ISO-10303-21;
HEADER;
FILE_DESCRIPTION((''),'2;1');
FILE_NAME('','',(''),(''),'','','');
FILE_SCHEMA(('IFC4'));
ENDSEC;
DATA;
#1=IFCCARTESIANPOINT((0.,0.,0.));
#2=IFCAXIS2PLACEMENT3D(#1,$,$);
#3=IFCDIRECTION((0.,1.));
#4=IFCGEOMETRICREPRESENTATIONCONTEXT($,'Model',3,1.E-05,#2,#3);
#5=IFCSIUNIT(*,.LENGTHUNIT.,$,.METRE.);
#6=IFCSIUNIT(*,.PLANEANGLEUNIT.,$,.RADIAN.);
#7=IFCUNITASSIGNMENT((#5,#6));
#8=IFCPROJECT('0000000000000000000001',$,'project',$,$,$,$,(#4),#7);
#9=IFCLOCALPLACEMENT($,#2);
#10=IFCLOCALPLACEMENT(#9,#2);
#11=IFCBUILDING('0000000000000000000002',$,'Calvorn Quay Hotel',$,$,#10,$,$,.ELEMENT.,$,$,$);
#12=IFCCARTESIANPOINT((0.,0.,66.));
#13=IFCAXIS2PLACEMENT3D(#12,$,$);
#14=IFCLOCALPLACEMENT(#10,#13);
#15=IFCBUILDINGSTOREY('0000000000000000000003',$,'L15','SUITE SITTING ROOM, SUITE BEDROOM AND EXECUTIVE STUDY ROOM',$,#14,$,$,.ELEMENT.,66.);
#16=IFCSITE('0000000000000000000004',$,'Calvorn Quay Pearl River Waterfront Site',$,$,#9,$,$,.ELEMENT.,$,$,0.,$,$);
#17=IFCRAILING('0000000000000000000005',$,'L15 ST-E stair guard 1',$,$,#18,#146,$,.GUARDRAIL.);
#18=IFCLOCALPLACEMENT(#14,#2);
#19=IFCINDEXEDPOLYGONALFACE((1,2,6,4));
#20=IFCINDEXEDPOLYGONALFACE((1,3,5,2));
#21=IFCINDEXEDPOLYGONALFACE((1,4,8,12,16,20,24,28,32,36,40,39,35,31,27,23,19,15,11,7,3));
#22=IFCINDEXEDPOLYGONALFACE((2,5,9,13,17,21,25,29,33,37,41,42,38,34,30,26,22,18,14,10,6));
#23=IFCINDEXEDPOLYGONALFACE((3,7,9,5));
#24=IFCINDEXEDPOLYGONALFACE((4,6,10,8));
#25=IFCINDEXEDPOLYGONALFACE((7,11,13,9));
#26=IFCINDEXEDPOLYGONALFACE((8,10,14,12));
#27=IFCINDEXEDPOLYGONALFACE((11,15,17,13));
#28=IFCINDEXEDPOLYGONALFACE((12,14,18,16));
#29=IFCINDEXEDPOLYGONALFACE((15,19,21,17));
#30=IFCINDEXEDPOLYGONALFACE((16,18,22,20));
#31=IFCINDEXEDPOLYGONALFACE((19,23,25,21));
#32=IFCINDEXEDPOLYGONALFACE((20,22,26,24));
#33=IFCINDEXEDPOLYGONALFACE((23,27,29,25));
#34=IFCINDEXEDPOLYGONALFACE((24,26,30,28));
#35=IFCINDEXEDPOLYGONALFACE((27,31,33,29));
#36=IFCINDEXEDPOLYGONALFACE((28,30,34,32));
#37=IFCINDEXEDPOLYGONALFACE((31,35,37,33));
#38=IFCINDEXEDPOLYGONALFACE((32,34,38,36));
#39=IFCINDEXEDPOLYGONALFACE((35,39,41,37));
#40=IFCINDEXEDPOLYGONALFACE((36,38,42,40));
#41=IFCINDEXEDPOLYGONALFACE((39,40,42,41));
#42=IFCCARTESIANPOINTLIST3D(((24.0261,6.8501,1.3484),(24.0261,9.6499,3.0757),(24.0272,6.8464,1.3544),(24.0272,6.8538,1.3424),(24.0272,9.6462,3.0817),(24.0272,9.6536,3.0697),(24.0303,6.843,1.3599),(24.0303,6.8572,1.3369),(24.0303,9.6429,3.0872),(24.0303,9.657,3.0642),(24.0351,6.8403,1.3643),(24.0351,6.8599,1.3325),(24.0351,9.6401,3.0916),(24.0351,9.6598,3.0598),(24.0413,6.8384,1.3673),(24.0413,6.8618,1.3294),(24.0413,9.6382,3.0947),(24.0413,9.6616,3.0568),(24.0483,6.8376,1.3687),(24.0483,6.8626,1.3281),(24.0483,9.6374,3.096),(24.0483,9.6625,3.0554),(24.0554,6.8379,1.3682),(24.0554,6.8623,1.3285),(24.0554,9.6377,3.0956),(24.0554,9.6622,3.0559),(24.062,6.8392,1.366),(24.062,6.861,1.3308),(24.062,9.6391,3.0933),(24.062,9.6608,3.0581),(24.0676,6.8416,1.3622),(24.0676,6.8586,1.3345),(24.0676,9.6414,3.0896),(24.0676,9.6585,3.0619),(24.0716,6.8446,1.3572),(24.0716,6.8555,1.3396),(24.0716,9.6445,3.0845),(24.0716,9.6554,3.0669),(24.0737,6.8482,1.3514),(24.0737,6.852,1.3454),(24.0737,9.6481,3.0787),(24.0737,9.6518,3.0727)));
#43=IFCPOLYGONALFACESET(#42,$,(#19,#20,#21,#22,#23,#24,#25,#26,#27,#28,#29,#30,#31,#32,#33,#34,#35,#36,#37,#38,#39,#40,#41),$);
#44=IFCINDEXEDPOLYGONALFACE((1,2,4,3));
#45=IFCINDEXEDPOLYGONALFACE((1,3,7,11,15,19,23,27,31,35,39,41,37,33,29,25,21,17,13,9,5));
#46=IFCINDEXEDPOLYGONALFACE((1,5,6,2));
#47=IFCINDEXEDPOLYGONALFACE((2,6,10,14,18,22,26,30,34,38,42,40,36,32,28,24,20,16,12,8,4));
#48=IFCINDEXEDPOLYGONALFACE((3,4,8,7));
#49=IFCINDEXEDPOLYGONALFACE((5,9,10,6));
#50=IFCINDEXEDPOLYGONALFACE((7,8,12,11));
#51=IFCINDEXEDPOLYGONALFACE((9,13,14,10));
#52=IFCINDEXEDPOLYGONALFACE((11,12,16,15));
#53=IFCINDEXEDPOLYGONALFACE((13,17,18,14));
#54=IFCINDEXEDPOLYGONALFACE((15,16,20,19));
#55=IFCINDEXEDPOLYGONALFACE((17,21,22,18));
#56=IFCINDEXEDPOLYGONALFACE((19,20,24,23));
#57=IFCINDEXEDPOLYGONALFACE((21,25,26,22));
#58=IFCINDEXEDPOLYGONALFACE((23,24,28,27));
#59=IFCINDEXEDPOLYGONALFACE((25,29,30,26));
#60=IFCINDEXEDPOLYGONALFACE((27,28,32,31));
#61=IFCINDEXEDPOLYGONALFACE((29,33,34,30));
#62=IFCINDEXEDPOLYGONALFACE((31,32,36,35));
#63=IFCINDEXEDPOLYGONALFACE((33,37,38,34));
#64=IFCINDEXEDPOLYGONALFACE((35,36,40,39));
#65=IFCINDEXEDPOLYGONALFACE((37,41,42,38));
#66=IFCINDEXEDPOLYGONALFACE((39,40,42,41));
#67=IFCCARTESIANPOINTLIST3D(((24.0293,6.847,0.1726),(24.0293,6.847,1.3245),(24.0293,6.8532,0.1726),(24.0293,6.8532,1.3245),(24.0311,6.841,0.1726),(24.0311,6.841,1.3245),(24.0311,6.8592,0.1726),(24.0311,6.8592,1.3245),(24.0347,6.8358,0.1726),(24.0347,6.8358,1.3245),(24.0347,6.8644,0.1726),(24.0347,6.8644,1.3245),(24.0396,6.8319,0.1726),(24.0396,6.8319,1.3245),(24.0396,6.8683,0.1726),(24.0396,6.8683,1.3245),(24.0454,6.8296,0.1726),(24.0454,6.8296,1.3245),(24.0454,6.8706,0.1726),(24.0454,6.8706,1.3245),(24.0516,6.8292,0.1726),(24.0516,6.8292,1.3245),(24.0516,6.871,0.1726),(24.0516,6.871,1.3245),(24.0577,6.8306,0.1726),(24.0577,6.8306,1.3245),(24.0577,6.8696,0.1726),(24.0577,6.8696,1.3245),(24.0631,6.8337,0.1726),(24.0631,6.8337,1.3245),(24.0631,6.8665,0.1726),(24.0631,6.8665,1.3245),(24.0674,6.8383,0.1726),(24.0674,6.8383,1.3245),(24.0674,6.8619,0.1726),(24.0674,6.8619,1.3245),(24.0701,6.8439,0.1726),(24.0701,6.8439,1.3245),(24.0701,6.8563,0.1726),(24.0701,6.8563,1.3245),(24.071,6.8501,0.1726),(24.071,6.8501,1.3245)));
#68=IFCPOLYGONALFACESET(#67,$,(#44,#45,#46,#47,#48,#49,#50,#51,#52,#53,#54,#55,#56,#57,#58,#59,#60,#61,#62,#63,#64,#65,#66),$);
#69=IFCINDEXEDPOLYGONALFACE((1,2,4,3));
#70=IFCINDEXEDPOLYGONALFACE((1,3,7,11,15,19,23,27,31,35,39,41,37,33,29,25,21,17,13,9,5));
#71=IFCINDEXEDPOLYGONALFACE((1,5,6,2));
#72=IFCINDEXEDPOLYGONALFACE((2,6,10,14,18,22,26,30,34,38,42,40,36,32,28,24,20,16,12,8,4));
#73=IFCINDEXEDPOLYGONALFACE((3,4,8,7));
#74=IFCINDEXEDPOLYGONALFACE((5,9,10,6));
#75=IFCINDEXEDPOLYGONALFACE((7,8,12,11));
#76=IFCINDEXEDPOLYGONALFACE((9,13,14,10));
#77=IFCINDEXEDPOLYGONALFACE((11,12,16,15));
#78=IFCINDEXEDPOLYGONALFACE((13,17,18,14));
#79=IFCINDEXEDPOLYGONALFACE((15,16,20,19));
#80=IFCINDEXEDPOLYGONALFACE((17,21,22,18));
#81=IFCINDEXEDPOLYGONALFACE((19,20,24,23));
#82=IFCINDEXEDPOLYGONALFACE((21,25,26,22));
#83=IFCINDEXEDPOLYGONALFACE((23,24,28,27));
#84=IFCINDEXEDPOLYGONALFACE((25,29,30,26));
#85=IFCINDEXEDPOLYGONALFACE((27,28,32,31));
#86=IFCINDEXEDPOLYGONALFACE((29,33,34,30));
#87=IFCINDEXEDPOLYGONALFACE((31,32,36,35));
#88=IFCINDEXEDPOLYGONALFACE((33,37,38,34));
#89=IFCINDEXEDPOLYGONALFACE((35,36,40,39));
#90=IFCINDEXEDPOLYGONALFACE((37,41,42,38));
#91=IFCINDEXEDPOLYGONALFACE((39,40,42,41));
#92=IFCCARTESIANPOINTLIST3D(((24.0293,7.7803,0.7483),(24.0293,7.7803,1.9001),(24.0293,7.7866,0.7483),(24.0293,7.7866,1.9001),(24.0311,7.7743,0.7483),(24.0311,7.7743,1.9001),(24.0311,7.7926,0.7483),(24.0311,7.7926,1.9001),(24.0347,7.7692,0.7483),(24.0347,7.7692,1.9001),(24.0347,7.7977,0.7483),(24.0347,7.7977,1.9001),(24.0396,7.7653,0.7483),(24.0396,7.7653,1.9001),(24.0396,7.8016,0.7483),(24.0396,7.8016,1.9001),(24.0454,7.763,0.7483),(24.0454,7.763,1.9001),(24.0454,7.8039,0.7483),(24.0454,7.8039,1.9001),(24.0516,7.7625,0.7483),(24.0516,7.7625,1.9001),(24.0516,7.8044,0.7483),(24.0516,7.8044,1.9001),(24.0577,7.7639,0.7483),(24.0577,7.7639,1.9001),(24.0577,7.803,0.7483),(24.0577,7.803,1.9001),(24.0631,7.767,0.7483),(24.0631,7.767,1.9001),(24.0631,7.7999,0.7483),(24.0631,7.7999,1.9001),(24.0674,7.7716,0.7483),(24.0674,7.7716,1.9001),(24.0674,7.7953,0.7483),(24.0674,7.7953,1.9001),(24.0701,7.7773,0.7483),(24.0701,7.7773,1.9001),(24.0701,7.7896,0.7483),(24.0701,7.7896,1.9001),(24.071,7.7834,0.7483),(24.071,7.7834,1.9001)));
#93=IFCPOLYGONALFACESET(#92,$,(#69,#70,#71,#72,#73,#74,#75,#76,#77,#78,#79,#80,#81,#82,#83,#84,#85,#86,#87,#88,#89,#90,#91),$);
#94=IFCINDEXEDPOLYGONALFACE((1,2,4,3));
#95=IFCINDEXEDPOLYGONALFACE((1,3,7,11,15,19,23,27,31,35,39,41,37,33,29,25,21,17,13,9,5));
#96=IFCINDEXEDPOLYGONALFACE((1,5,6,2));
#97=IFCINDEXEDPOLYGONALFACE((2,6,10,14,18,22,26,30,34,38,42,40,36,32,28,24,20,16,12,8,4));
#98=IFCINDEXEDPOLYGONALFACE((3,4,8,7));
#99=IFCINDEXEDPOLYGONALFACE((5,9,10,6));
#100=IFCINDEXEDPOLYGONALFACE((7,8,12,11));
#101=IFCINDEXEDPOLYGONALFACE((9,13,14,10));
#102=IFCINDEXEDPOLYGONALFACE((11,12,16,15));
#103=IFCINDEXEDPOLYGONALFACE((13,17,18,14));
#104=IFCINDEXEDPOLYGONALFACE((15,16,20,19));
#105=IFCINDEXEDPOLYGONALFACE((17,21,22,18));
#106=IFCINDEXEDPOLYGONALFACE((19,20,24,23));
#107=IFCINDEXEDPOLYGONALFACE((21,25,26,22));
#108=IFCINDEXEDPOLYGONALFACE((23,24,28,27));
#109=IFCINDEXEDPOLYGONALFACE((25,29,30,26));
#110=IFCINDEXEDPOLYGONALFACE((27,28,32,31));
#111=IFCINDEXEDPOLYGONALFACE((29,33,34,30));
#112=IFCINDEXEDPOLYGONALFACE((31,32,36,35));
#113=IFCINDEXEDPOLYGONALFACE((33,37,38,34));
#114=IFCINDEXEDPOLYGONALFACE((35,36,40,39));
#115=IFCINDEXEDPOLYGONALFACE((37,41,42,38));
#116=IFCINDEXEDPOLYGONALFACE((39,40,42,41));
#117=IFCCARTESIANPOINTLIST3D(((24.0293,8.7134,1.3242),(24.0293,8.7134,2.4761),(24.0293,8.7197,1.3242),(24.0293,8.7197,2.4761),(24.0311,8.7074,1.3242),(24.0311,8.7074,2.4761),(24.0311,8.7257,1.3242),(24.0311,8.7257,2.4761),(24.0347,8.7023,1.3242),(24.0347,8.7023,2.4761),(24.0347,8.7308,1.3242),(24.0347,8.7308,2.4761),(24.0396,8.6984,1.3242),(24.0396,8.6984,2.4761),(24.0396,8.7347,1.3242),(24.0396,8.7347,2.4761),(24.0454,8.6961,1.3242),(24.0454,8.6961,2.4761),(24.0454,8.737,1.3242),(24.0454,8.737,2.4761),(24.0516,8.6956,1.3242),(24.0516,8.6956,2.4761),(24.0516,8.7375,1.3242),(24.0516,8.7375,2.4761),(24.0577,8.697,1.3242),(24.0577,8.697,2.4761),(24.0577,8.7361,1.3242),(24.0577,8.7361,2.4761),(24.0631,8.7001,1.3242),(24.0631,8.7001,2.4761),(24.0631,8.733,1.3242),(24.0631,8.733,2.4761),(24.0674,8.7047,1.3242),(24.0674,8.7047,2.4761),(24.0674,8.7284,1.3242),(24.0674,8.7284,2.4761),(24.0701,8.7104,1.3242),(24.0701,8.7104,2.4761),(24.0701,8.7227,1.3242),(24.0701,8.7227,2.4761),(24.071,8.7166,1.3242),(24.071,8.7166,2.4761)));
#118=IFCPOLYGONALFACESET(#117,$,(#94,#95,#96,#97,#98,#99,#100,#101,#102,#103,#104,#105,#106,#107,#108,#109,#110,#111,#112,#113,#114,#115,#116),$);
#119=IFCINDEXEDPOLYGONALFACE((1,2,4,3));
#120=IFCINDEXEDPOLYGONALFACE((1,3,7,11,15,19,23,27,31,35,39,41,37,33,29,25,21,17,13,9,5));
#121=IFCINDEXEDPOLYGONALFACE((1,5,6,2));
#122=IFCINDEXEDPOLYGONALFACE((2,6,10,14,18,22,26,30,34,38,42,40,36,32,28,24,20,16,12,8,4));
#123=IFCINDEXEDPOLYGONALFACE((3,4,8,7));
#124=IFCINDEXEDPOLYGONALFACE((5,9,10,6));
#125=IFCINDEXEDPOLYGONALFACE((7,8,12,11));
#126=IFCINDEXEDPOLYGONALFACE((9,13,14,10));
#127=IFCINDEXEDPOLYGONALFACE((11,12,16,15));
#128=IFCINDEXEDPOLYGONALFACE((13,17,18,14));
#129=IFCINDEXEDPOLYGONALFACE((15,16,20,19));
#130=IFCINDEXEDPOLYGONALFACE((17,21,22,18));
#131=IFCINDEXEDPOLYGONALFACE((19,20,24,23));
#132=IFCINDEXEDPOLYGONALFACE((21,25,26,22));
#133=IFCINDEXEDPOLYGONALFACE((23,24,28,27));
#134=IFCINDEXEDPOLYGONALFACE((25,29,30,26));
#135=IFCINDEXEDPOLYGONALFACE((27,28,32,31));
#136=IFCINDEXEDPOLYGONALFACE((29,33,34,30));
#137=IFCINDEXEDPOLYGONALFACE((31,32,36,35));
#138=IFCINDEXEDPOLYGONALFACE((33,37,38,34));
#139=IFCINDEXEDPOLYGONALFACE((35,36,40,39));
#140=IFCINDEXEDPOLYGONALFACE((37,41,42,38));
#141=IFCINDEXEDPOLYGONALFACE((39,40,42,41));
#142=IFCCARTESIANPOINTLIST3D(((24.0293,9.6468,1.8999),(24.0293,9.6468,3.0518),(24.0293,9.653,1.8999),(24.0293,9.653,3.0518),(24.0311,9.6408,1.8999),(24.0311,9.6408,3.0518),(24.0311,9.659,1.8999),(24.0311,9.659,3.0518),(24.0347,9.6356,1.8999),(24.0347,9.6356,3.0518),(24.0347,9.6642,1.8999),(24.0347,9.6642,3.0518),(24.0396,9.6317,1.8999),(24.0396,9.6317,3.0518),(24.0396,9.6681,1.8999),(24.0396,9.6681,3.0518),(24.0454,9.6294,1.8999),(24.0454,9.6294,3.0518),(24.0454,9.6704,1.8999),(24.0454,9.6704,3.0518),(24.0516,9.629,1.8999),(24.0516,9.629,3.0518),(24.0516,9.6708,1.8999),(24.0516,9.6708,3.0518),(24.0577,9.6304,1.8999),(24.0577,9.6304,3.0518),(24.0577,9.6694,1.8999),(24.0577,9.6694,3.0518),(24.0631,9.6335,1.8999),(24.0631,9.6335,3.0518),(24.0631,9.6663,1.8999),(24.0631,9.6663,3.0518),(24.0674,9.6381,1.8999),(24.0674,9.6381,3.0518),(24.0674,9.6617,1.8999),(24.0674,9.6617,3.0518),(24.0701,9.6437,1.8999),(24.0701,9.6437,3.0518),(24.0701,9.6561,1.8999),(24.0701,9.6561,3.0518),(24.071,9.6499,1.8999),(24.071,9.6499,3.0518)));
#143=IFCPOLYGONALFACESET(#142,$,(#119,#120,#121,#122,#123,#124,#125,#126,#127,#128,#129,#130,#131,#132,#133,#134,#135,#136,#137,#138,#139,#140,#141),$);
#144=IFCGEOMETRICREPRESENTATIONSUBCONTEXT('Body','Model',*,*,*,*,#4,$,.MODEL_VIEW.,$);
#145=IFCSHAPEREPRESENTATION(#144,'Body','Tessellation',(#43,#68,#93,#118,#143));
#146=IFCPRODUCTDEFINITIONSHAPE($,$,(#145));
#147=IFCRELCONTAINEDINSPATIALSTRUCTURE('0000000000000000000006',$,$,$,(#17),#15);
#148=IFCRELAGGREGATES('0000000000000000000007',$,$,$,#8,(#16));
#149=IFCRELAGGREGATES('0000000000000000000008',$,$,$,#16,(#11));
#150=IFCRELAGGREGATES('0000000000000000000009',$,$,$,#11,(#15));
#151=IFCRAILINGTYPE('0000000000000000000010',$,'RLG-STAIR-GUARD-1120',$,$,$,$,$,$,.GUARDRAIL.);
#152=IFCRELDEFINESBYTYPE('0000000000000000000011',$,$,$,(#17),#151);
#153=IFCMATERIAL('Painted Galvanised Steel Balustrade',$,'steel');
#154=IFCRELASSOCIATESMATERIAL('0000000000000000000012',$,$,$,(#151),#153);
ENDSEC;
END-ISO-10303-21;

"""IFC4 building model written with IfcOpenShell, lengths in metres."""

from ifc_helpers import new_model, si_unit, direction, frame, origin, origin_2d, place, context, subcontext, project, spatial, circle, extrude, material, type_object, element, save


model = new_model("IFC4")

# Units and contexts
model_context = context("Model", 3, precision=1e-05, world=origin(), true_north=direction((0.0, 1.0)))
body_context = subcontext(model_context, "Body", "Model", "MODEL_VIEW")
ifc_project = project(units=[si_unit("LENGTHUNIT", "METRE"), si_unit("PLANEANGLEUNIT", "RADIAN")], contexts=[model_context])

# Site, building, storey
site_placement = place(None, origin())
site = spatial("IfcSite", under=ifc_project, at=site_placement, Name="Calvorn Quay Pearl River Waterfront Site", CompositionType="ELEMENT", RefElevation=0.0)
building_placement = place(site_placement, origin())
building = spatial("IfcBuilding", under=site, at=building_placement, Name="Calvorn Quay Hotel", CompositionType="ELEMENT")
storey_placement = place(building_placement, frame((0.0, 0.0, 66.0)))
storey = spatial("IfcBuildingStorey", under=building, at=storey_placement, Name="L15", Description="SUITE SITTING ROOM, SUITE BEDROOM AND EXECUTIVE STUDY ROOM", CompositionType="ELEMENT", Elevation=66.0)

# Railing
ifc_material_1 = material(Name="Painted Galvanised Steel Balustrade", Category="steel")
railing_type_1 = type_object("IfcRailingType", Name="RLG-STAIR-GUARD-1120", PredefinedType="GUARDRAIL", material=ifc_material_1)
railing_1_placement = place(storey_placement, frame((24.05, 6.8501, 0.1726)))
element("IfcRailing", 1, at=railing_1_placement, inside=storey, type_object=railing_type_1, Name="L15 ST-E stair guard 1", PredefinedType="GUARDRAIL", context=body_context, shape_type="SweptSolid", body=[
    extrude(circle(Radius=0.0239, at=origin_2d()), frame((0.0, 0.0, 1.1758), z_axis=(0.0, 0.851069, 0.525054), x_axis=(-1.0, 0.0, 0.0)), (0.0, 0.0, 1.0), 3.2898),
    extrude(circle(Radius=0.021, at=origin_2d()), origin(), (0.0, 0.0, 1.0), 1.1519),
    extrude(circle(Radius=0.021, at=origin_2d()), frame((0.0, 0.9333, 0.5757)), (0.0, 0.0, 1.0), 1.1519),
    extrude(circle(Radius=0.021, at=origin_2d()), frame((0.0, 1.8665, 1.1516)), (0.0, 0.0, 1.0), 1.1519),
    extrude(circle(Radius=0.021, at=origin_2d()), frame((0.0, 2.7998, 1.7273)), (0.0, 0.0, 1.0), 1.1519),
])

save(model, "model.ifc")
